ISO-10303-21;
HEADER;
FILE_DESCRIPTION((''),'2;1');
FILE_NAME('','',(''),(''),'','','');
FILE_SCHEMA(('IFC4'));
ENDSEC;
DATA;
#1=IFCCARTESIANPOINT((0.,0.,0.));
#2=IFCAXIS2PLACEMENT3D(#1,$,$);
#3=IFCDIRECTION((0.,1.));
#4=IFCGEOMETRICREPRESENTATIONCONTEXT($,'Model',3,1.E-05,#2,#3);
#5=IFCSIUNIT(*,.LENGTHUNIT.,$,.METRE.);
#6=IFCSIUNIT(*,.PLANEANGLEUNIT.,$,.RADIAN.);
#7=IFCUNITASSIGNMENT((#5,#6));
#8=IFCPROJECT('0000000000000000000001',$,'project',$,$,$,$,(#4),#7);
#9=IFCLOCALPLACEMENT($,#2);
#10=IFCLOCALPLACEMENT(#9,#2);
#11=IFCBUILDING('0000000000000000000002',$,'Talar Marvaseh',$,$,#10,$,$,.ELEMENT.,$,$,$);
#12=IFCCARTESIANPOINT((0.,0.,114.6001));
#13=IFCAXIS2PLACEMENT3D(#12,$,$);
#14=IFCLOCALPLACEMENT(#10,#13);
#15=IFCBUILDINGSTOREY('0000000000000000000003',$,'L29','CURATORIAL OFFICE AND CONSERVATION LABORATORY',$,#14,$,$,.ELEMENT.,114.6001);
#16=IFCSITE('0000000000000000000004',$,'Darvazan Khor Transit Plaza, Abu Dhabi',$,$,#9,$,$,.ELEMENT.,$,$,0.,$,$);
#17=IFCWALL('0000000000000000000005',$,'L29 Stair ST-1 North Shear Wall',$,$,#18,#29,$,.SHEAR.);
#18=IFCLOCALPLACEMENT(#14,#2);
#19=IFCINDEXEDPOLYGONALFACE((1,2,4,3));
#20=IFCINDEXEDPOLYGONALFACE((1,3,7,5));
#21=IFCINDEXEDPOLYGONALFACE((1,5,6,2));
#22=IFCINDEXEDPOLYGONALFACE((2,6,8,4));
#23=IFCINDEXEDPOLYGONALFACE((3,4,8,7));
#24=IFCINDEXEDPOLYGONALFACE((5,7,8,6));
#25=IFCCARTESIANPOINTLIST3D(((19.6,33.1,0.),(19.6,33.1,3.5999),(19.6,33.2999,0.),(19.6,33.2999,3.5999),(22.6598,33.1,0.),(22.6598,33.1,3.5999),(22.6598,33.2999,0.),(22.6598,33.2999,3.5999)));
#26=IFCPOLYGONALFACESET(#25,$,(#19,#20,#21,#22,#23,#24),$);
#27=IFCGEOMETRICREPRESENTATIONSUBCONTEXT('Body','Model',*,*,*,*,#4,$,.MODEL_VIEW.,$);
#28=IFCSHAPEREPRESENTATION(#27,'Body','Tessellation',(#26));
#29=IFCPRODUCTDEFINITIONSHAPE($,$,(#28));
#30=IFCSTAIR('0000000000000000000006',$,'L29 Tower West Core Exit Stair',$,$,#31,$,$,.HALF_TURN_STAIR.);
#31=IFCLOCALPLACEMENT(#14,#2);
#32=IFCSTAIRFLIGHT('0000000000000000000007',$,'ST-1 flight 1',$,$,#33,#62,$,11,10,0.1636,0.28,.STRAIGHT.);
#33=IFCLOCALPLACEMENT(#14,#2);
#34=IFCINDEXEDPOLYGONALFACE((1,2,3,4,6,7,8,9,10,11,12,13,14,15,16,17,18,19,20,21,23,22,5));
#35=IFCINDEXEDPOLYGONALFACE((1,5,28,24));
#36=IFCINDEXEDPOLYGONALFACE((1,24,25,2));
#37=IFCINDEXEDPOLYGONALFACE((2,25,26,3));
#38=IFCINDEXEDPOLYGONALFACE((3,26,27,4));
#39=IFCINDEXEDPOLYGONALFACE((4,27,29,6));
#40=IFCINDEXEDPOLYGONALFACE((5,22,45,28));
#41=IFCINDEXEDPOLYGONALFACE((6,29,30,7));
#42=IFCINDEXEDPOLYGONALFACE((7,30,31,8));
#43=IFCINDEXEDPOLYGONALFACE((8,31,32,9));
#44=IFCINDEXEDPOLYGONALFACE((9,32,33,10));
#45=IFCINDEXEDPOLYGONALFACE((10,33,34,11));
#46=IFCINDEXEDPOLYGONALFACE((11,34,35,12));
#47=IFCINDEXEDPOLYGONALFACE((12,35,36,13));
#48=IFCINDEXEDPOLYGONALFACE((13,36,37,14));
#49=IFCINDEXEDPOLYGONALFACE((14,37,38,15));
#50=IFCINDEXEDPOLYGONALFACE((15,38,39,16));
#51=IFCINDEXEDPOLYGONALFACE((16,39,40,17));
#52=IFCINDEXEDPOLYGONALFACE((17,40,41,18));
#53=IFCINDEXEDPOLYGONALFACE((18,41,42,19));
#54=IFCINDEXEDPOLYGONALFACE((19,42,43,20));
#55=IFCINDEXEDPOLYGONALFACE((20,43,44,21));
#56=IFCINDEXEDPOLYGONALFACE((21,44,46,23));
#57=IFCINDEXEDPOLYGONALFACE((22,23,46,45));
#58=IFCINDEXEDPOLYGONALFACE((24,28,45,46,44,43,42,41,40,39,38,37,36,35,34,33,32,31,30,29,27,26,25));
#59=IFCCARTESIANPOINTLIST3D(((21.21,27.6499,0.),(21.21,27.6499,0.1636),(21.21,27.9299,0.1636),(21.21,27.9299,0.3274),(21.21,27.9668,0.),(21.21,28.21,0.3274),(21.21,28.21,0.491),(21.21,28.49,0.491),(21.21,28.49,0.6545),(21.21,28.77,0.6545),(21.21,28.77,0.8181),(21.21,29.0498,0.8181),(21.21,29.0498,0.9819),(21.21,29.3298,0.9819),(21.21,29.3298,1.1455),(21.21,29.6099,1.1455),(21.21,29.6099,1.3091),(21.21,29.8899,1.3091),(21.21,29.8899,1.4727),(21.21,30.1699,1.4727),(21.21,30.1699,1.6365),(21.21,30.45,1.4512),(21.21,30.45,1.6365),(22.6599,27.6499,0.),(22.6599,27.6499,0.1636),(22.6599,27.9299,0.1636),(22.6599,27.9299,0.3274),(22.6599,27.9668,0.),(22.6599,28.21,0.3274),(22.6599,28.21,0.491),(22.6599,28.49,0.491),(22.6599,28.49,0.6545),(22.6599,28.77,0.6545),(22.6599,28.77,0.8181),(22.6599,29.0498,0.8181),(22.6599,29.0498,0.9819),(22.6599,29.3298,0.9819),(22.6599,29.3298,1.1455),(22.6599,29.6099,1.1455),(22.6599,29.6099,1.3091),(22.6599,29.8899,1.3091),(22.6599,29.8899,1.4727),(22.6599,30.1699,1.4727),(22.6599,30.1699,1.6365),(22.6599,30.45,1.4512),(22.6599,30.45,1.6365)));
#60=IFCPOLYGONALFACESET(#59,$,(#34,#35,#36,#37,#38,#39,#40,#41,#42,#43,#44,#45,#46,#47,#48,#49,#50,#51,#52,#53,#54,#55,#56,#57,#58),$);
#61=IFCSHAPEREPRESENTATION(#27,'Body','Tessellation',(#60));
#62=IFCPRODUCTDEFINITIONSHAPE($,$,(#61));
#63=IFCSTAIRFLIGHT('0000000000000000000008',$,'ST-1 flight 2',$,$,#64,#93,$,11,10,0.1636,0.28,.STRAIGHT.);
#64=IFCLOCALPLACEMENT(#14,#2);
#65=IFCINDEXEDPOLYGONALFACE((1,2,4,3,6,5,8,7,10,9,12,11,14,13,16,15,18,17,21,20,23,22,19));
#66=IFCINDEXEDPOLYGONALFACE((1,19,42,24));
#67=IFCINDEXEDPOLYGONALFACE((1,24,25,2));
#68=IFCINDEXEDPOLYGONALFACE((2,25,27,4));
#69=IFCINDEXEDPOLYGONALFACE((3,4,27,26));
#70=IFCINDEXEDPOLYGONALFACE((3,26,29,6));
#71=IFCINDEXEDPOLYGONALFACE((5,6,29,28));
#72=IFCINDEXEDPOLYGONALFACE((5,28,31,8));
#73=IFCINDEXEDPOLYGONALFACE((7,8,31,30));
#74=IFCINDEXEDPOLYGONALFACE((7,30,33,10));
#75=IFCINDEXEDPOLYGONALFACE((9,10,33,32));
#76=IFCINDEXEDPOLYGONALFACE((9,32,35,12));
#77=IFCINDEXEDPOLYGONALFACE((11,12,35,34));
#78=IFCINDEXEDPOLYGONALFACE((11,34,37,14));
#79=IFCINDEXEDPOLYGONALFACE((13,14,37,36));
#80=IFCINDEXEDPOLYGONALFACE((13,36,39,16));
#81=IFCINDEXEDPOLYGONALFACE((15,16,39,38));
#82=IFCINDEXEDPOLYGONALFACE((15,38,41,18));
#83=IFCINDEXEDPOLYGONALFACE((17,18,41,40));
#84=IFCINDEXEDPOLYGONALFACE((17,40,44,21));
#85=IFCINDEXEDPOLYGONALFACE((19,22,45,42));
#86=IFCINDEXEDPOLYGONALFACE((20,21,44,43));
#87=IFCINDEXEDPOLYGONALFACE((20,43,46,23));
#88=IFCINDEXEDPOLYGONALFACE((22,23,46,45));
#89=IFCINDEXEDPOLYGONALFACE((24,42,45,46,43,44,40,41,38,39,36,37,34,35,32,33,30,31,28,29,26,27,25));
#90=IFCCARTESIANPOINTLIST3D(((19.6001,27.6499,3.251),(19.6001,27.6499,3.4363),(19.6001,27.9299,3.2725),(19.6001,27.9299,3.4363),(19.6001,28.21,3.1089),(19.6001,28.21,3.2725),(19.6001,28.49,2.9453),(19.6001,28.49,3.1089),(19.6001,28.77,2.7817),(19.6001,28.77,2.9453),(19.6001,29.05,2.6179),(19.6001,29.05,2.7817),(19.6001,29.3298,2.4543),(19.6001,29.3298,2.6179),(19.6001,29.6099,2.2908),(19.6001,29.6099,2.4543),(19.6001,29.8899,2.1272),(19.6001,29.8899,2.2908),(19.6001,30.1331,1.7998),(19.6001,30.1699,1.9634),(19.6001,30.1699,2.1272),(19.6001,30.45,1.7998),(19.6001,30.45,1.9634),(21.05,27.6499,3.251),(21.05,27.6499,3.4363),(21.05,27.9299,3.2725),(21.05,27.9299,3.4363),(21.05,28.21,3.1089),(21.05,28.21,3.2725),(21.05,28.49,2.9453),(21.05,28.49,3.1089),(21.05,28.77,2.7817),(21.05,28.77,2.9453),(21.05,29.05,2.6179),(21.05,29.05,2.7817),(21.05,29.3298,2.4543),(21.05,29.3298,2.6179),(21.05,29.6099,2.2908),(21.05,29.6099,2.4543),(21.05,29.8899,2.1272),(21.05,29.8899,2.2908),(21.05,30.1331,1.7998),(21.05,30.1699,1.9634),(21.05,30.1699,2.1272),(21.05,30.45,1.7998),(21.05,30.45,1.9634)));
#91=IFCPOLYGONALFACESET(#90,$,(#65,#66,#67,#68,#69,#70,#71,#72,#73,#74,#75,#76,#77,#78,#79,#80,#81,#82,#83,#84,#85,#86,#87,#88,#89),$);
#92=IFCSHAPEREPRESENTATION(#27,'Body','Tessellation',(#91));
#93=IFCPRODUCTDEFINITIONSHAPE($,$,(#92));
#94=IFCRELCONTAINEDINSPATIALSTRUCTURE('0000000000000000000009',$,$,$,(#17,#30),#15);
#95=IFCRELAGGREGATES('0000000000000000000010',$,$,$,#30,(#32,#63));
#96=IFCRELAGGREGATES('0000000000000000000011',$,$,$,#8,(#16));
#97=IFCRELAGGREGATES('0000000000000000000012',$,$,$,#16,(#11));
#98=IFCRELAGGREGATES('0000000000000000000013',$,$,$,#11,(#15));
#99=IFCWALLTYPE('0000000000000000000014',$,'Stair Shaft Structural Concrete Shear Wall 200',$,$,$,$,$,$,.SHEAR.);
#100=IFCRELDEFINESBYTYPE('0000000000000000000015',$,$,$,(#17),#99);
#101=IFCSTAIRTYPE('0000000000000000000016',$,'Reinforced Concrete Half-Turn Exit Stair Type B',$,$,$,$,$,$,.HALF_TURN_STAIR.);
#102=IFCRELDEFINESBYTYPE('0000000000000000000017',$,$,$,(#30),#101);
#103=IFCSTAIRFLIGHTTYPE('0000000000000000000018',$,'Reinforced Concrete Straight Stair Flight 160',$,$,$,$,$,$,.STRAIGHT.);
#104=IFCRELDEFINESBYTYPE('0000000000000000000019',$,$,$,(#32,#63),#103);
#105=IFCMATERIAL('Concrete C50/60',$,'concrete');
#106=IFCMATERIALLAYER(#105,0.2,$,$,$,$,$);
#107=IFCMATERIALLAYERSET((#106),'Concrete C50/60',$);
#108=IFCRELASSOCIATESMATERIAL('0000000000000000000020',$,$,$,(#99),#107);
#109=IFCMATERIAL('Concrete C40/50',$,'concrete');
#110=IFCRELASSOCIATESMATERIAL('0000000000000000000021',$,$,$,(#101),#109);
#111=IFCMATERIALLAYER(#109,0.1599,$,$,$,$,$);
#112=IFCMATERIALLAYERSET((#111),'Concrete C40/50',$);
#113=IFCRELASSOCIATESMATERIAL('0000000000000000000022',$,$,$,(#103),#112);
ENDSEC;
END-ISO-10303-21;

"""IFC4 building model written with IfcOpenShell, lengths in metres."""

from ifc_helpers import new_model, si_unit, direction, frame, frame_2d, origin, place, context, subcontext, project, spatial, polyline, rectangle, outline, extrude, material, layer, layer_set, type_object, element, aggregate, save


model = new_model("IFC4")

# Units and contexts
model_context = context("Model", 3, precision=1e-05, world=origin(), true_north=direction((0.0, 1.0)))
body_context = subcontext(model_context, "Body", "Model", "MODEL_VIEW")
ifc_project = project(units=[si_unit("LENGTHUNIT", "METRE"), si_unit("PLANEANGLEUNIT", "RADIAN")], contexts=[model_context])

# Site, building, storey
site_placement = place(None, origin())
site = spatial("IfcSite", under=ifc_project, at=site_placement, Name="Darvazan Khor Transit Plaza, Abu Dhabi", CompositionType="ELEMENT", RefElevation=0.0)
building_placement = place(site_placement, origin())
building = spatial("IfcBuilding", under=site, at=building_placement, Name="Talar Marvaseh", CompositionType="ELEMENT")
storey_placement = place(building_placement, frame((0.0, 0.0, 114.6001)))
storey = spatial("IfcBuildingStorey", under=building, at=storey_placement, Name="L29", Description="CURATORIAL OFFICE AND CONSERVATION LABORATORY", CompositionType="ELEMENT", Elevation=114.6001)

# Wall
ifc_material_1 = material(Name="Concrete C50/60", Category="concrete")
ifc_layer_1 = layer(ifc_material_1, 0.2)
ifc_layer_set_1 = layer_set([ifc_layer_1], Name="Concrete C50/60")
wall_type_1 = type_object("IfcWallType", Name="Stair Shaft Structural Concrete Shear Wall 200", PredefinedType="SHEAR", material=ifc_layer_set_1)
wall_1_placement = place(storey_placement, frame((19.6001, 33.2, 0.0), z_axis=(0.0, 0.0, 1.0), x_axis=(1.0, 0.0, 0.0)))
element("IfcWall", 1, at=wall_1_placement, inside=storey, type_object=wall_type_1, Name="L29 Stair ST-1 North Shear Wall", PredefinedType="SHEAR", context=body_context, shape_type="SweptSolid", body=[
    extrude(rectangle(XDim=3.0598, YDim=0.2, at=frame_2d((1.5298, 0.0))), origin(), (0.0, 0.0, 1.0), 3.5999),
])

# Stair, stair flights
ifc_material_2 = material(Name="Concrete C40/50", Category="concrete")
stair_type = type_object("IfcStairType", Name="Reinforced Concrete Half-Turn Exit Stair Type B", PredefinedType="HALF_TURN_STAIR", material=ifc_material_2)
stair_placement = place(storey_placement, origin())
stair = element("IfcStair", 2, at=stair_placement, inside=storey, type_object=stair_type, Name="L29 Tower West Core Exit Stair", PredefinedType="HALF_TURN_STAIR")
ifc_layer_2 = layer(ifc_material_2, 0.1599)
ifc_layer_set_2 = layer_set([ifc_layer_2], Name="Concrete C40/50")
stair_flight_type = type_object("IfcStairFlightType", Name="Reinforced Concrete Straight Stair Flight 160", PredefinedType="STRAIGHT", material=ifc_layer_set_2)
stair_flight_1_placement = place(storey_placement, frame((21.9351, 27.6499, 0.0), z_axis=(0.0, 0.0, 1.0), x_axis=(0.0, 1.0, 0.0)))
stair_flight_1 = element("IfcStairFlight", 3, at=stair_flight_1_placement, type_object=stair_flight_type, Name="ST-1 flight 1", NumberOfRisers=11, NumberOfTreads=10, PredefinedType="STRAIGHT", RiserHeight=0.1636, TreadLength=0.28, context=body_context, shape_type="SweptSolid", body=[
    extrude(outline(polyline([(0.0, 0.0), (0.0, 0.1636), (0.28, 0.1636), (0.28, 0.3274), (0.5601, 0.3274), (0.5601, 0.491), (0.8401, 0.491), (0.8401, 0.6545), (1.1201, 0.6545), (1.1201, 0.8181), (1.3999, 0.8181), (1.3999, 0.9819), (1.6799, 0.9819), (1.6799, 1.1455), (1.96, 1.1455), (1.96, 1.3091), (2.24, 1.3091), (2.24, 1.4727), (2.52, 1.4727), (2.52, 1.6365), (2.8, 1.6365), (2.8, 1.8), (2.8, 1.4512), (0.3169, 0.0), (0.0, 0.0)])), frame((0.0, 0.7251, 0.0), z_axis=(0.0, -1.0, 0.0), x_axis=(1.0, 0.0, 0.0)), (0.0, 0.0, 1.0), 1.45),
])
stair_flight_2_placement = place(storey_placement, frame((20.325, 30.45, 1.7998), z_axis=(0.0, 0.0, 1.0), x_axis=(0.0, -1.0, 0.0)))
stair_flight_2 = element("IfcStairFlight", 4, at=stair_flight_2_placement, type_object=stair_flight_type, Name="ST-1 flight 2", NumberOfRisers=11, NumberOfTreads=10, PredefinedType="STRAIGHT", RiserHeight=0.1636, TreadLength=0.28, context=body_context, shape_type="SweptSolid", body=[
    extrude(outline(polyline([(0.0, 0.0), (0.0, 0.1636), (0.28, 0.1636), (0.28, 0.3274), (0.5601, 0.3274), (0.5601, 0.491), (0.8401, 0.491), (0.8401, 0.6545), (1.1201, 0.6545), (1.1201, 0.8181), (1.3999, 0.8181), (1.3999, 0.9819), (1.6799, 0.9819), (1.6799, 1.1455), (1.96, 1.1455), (1.96, 1.3091), (2.24, 1.3091), (2.24, 1.4727), (2.52, 1.4727), (2.52, 1.6365), (2.8, 1.6365), (2.8, 1.8), (2.8, 1.4512), (0.3169, 0.0), (0.0, 0.0)])), frame((0.0, 0.7251, 0.0), z_axis=(0.0, -1.0, 0.0), x_axis=(1.0, 0.0, 0.0)), (0.0, 0.0, 1.0), 1.45),
])
aggregate(stair, [stair_flight_1, stair_flight_2])

save(model, "model.ifc")
